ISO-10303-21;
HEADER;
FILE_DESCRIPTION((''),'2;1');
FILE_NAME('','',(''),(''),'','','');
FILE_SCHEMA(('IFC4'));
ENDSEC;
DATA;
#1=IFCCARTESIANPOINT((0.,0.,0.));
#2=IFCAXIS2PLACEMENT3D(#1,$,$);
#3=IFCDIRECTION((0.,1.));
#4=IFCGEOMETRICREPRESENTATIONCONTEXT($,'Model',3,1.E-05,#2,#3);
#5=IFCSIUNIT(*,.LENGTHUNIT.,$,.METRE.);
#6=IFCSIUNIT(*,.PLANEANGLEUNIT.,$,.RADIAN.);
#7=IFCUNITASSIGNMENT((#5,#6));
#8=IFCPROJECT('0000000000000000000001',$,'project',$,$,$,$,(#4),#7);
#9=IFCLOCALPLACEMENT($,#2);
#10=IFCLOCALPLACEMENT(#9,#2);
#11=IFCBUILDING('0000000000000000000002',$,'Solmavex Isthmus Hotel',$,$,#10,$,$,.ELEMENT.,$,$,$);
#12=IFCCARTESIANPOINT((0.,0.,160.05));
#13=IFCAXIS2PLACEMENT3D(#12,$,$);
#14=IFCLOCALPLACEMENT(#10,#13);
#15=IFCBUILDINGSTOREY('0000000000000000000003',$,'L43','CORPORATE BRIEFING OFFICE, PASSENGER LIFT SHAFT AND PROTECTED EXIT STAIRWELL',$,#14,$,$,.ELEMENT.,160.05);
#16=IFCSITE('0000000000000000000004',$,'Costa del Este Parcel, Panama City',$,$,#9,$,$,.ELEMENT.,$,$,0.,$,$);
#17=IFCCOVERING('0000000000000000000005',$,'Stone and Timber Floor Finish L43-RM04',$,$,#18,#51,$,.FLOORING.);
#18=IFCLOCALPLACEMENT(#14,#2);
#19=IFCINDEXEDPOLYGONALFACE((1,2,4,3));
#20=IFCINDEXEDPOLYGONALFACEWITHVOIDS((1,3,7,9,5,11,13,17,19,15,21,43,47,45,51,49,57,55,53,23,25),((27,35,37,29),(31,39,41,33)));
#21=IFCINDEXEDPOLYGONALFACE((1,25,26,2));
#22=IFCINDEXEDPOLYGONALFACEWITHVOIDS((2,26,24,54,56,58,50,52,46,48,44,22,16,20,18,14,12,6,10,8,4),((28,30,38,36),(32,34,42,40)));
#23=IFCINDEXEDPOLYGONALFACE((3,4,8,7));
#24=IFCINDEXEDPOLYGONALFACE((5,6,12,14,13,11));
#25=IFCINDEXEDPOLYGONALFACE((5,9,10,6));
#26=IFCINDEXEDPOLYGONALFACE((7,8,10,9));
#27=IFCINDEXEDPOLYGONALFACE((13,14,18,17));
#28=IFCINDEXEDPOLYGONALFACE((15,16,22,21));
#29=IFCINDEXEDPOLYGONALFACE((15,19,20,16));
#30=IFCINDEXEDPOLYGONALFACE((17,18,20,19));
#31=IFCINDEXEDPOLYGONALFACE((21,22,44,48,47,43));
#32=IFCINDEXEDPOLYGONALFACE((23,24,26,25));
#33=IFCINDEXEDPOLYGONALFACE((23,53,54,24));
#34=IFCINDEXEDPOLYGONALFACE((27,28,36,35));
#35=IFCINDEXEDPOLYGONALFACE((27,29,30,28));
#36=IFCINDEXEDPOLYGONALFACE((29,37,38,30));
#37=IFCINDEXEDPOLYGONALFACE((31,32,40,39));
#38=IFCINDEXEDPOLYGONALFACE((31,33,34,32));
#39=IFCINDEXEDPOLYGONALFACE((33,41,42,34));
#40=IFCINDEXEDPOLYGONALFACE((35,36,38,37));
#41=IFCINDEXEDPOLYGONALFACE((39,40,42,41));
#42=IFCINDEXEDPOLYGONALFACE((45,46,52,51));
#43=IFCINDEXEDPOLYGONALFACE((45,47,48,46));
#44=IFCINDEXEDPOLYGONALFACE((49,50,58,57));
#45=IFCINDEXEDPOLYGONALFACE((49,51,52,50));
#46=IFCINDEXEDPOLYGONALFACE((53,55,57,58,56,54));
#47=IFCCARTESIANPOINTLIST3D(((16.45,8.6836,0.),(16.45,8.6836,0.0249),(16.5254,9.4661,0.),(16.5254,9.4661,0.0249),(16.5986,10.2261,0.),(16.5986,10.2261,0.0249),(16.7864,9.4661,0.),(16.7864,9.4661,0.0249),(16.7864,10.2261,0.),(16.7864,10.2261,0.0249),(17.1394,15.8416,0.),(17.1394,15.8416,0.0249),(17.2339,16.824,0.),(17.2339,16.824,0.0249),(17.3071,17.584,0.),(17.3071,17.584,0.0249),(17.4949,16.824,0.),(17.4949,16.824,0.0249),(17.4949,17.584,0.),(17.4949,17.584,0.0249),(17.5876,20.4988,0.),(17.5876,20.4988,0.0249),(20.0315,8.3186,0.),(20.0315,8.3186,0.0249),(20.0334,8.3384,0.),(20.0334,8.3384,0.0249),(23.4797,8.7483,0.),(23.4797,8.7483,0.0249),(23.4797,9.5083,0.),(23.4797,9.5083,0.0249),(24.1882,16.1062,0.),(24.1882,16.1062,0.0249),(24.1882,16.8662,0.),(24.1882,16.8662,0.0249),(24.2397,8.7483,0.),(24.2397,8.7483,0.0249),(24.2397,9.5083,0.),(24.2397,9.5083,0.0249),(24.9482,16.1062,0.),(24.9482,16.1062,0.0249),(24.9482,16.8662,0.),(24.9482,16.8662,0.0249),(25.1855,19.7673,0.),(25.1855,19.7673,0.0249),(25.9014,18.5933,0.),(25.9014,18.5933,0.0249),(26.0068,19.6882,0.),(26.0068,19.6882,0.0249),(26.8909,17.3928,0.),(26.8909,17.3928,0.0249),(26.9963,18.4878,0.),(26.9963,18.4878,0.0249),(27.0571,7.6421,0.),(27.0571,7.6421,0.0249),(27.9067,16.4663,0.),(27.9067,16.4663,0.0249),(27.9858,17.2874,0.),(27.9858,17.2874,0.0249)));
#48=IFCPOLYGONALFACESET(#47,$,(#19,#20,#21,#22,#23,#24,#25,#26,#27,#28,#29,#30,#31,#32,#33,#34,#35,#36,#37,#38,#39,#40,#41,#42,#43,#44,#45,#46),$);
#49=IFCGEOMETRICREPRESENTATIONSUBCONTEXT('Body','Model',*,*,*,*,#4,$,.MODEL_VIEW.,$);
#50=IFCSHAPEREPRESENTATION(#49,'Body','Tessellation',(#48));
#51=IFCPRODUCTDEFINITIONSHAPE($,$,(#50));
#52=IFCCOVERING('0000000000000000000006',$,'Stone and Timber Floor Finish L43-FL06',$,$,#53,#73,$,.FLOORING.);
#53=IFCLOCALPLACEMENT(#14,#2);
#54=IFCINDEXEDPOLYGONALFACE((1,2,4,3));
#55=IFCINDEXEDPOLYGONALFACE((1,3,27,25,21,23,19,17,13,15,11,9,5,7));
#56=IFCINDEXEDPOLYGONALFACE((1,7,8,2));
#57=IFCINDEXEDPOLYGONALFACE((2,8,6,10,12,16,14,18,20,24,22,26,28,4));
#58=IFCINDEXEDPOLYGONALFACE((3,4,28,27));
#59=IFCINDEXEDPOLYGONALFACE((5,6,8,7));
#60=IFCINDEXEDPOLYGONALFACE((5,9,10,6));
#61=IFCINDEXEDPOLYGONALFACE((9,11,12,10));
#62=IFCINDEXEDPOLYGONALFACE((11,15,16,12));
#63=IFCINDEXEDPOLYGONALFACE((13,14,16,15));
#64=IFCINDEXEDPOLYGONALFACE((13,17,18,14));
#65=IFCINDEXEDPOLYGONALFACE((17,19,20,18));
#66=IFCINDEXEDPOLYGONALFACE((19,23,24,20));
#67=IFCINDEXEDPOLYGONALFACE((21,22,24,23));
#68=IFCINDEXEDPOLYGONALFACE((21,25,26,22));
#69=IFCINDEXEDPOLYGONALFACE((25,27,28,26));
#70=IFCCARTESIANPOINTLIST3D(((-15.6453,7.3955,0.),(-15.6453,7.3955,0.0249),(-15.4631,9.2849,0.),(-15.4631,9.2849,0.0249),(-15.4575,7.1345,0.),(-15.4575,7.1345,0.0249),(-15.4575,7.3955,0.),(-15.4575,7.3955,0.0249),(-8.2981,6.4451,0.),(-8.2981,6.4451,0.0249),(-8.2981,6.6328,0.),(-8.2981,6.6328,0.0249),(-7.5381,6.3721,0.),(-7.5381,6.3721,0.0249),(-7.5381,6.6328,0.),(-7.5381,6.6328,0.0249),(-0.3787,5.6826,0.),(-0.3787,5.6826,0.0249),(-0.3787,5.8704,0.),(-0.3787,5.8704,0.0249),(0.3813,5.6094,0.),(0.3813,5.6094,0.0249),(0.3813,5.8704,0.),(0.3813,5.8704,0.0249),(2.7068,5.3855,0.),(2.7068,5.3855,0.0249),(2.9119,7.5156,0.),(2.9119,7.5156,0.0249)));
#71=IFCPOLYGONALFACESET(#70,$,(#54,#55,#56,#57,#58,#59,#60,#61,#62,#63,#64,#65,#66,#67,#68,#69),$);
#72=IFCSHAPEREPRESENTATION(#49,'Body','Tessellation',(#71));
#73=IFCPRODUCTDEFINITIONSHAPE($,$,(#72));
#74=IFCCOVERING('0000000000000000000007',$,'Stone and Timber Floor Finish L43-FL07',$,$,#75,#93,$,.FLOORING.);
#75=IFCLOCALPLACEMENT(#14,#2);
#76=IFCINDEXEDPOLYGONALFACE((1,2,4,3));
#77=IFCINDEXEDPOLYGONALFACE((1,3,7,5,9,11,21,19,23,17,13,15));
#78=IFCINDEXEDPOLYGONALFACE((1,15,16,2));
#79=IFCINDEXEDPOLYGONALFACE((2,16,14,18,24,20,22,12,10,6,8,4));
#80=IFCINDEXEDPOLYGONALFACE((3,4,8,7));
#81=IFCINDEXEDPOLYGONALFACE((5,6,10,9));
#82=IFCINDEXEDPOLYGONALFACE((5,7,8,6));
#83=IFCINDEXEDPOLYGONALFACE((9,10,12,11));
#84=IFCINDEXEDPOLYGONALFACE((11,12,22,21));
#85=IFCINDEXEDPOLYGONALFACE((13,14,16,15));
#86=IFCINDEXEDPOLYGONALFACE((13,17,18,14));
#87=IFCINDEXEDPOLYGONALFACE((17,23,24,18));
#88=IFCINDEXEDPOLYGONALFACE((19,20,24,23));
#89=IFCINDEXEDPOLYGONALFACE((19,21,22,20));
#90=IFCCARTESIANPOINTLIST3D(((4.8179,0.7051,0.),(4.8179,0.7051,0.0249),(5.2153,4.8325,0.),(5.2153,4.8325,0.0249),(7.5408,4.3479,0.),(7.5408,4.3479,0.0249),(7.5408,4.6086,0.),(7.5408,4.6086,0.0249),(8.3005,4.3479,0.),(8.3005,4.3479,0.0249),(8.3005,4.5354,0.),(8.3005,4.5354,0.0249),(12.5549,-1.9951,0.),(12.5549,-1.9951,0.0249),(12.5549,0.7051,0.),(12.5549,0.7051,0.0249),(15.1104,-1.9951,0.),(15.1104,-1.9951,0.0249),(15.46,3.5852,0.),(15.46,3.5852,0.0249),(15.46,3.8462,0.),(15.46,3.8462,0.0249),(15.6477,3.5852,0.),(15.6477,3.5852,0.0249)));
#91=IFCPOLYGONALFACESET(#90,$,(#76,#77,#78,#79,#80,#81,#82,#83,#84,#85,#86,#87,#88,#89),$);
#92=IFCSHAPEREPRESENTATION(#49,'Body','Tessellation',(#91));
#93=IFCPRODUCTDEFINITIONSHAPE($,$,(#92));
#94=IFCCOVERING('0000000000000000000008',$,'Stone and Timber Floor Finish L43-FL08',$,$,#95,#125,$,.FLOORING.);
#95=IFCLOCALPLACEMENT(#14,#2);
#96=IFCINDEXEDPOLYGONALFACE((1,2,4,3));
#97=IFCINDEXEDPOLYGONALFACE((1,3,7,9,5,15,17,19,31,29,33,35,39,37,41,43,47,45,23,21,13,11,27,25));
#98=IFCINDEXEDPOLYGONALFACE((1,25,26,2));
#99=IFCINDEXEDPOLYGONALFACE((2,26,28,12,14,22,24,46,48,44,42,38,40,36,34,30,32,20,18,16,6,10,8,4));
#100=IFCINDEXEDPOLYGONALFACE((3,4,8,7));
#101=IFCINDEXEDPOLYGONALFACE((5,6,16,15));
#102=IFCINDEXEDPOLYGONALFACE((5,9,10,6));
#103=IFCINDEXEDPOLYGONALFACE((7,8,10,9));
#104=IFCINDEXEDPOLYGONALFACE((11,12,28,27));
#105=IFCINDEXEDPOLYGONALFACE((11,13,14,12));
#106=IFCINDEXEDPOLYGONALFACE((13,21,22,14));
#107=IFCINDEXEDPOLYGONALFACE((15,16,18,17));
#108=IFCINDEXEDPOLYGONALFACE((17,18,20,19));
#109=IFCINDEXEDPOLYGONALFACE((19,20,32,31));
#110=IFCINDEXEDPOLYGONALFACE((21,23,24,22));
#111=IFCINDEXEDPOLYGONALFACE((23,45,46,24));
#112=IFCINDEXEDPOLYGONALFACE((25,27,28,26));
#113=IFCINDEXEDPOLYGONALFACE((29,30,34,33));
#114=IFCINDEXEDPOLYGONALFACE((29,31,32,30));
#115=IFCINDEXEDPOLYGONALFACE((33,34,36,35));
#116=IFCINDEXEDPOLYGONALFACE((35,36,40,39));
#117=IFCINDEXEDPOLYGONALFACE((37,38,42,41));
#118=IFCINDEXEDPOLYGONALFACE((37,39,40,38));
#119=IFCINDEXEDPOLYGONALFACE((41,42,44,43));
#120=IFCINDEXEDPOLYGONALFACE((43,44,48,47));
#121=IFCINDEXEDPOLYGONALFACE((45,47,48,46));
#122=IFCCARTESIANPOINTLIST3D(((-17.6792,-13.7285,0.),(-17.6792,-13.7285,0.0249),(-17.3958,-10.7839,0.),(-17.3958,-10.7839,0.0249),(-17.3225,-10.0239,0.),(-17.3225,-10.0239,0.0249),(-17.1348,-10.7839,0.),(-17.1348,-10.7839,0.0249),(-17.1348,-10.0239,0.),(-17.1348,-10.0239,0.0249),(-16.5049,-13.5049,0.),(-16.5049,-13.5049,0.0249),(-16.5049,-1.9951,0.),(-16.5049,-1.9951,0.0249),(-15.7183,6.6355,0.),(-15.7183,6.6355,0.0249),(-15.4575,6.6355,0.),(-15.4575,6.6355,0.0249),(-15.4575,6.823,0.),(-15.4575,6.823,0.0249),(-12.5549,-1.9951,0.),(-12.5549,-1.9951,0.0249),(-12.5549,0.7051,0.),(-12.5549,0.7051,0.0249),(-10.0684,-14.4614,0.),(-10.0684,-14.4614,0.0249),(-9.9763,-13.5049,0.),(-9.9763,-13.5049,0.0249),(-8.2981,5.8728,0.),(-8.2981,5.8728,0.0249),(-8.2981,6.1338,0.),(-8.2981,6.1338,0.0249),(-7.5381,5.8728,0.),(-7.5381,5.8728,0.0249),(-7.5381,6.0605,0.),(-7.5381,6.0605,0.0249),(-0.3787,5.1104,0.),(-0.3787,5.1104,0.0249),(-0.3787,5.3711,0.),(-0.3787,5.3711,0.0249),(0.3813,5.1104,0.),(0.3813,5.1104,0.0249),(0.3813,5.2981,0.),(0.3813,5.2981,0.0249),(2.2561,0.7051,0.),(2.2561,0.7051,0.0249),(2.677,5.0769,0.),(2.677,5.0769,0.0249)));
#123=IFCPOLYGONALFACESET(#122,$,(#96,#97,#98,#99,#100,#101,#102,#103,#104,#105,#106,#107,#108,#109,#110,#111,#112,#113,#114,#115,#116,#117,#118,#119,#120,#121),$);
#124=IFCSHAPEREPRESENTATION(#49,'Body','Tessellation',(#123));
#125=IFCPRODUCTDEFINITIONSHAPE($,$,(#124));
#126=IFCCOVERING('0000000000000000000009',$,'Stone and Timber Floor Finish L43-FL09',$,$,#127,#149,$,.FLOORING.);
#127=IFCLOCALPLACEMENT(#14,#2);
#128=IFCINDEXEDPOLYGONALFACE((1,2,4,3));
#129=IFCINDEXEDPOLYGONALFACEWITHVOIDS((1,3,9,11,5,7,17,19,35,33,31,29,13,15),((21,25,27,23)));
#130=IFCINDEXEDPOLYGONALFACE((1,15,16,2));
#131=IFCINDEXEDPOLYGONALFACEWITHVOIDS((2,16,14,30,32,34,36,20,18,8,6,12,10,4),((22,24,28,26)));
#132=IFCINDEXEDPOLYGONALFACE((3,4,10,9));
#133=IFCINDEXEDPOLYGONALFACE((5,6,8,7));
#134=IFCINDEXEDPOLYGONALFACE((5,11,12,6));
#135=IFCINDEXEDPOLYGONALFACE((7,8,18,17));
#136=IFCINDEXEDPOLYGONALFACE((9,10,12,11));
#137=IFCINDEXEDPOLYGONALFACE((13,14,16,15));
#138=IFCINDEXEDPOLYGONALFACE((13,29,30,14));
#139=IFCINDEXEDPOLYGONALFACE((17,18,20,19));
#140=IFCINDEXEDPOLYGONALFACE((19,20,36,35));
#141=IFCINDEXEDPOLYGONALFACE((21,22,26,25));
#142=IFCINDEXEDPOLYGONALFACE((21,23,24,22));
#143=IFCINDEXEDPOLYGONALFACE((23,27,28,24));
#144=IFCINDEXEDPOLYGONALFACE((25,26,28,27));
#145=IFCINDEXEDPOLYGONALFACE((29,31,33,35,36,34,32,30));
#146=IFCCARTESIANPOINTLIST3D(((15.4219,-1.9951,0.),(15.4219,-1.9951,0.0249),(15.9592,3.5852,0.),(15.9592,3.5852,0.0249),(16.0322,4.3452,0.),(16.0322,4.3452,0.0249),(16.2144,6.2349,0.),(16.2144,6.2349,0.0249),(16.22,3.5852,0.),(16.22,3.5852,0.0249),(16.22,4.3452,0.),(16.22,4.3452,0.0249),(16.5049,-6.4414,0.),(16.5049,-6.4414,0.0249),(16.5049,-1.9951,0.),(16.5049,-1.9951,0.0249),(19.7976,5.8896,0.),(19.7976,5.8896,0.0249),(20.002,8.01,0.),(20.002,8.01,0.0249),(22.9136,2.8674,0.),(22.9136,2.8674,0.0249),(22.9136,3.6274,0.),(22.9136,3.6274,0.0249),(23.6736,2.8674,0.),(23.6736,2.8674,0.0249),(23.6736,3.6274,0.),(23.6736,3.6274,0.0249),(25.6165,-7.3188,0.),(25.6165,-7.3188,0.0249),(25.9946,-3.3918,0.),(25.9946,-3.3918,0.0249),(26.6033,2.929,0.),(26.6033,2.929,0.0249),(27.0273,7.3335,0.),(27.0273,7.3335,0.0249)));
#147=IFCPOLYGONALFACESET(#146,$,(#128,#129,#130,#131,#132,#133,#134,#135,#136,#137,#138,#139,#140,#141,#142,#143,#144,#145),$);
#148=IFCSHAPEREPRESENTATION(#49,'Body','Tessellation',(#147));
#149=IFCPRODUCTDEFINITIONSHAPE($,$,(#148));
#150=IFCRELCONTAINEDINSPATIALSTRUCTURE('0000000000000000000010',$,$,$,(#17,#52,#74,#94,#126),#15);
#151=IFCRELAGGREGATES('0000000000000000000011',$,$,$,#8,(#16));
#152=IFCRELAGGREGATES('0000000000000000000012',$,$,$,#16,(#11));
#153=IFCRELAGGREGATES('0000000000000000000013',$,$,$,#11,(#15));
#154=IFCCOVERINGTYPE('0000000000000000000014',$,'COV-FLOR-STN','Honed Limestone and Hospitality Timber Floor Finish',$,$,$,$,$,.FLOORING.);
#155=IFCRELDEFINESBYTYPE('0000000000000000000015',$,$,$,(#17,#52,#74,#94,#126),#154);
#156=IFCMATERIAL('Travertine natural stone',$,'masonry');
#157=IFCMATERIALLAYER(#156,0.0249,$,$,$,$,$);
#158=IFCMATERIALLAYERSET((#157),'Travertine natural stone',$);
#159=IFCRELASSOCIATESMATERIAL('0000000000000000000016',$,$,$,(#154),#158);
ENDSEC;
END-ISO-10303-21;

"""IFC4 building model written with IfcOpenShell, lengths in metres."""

from ifc_helpers import new_model, si_unit, direction, frame, origin, place, context, subcontext, project, spatial, polyline, outline, extrude, material, layer, layer_set, type_object, element, save


model = new_model("IFC4")

# Units and contexts
model_context = context("Model", 3, precision=1e-05, world=origin(), true_north=direction((0.0, 1.0)))
body_context = subcontext(model_context, "Body", "Model", "MODEL_VIEW")
ifc_project = project(units=[si_unit("LENGTHUNIT", "METRE"), si_unit("PLANEANGLEUNIT", "RADIAN")], contexts=[model_context])

# Site, building, storey
site_placement = place(None, origin())
site = spatial("IfcSite", under=ifc_project, at=site_placement, Name="Costa del Este Parcel, Panama City", CompositionType="ELEMENT", RefElevation=0.0)
building_placement = place(site_placement, origin())
building = spatial("IfcBuilding", under=site, at=building_placement, Name="Solmavex Isthmus Hotel", CompositionType="ELEMENT")
storey_placement = place(building_placement, frame((0.0, 0.0, 160.05)))
storey = spatial("IfcBuildingStorey", under=building, at=storey_placement, Name="L43", Description="CORPORATE BRIEFING OFFICE, PASSENGER LIFT SHAFT AND PROTECTED EXIT STAIRWELL", CompositionType="ELEMENT", Elevation=160.05)

# Coverings
ifc_material_1 = material(Name="Travertine natural stone", Category="masonry")
ifc_layer_1 = layer(ifc_material_1, 0.0249)
ifc_layer_set_1 = layer_set([ifc_layer_1], Name="Travertine natural stone")
covering_type_1 = type_object("IfcCoveringType", Name="COV-FLOR-STN", Description="Honed Limestone and Hospitality Timber Floor Finish", PredefinedType="FLOORING", material=ifc_layer_set_1)
covering_1_placement = place(storey_placement, origin())
element("IfcCovering", 1, at=covering_1_placement, inside=storey, type_object=covering_type_1, Name="Stone and Timber Floor Finish L43-RM04", PredefinedType="FLOORING", context=body_context, shape_type="SweptSolid", body=[
    extrude(outline(polyline([(17.3071, 17.584), (17.4949, 17.584), (17.4949, 16.824), (17.2339, 16.824), (17.1394, 15.8416), (16.5986, 10.2261), (16.7864, 10.2261), (16.7864, 9.4661), (16.5254, 9.4661), (16.45, 8.6836), (20.0334, 8.3384), (20.0315, 8.3186), (27.0571, 7.6421), (27.9067, 16.4663), (27.9858, 17.2874), (26.8909, 17.3928), (26.9963, 18.4878), (25.9014, 18.5933), (26.0068, 19.6882), (25.1855, 19.7673), (17.5876, 20.4988), (17.3071, 17.584)]), holes=[polyline([(24.1882, 16.1062), (24.1882, 16.8662), (24.9482, 16.8662), (24.9482, 16.1062), (24.1882, 16.1062)]), polyline([(23.4797, 8.7483), (23.4797, 9.5083), (24.2397, 9.5083), (24.2397, 8.7483), (23.4797, 8.7483)])]), origin(), (0.0, 0.0, 1.0), 0.0249),
])
covering_2_placement = place(storey_placement, origin())
element("IfcCovering", 2, at=covering_2_placement, inside=storey, type_object=covering_type_1, Name="Stone and Timber Floor Finish L43-FL06", PredefinedType="FLOORING", context=body_context, shape_type="SweptSolid", body=[
    extrude(outline(polyline([(-0.3787, 5.6826), (-0.3787, 5.8704), (0.3813, 5.8704), (0.3813, 5.6094), (2.7068, 5.3855), (2.9119, 7.5156), (-15.4631, 9.2849), (-15.6453, 7.3955), (-15.4575, 7.3955), (-15.4575, 7.1345), (-8.2981, 6.4451), (-8.2981, 6.6328), (-7.5381, 6.6328), (-7.5381, 6.3721), (-0.3787, 5.6826)])), origin(), (0.0, 0.0, 1.0), 0.0249),
])
covering_3_placement = place(storey_placement, origin())
element("IfcCovering", 3, at=covering_3_placement, inside=storey, type_object=covering_type_1, Name="Stone and Timber Floor Finish L43-FL07", PredefinedType="FLOORING", context=body_context, shape_type="SweptSolid", body=[
    extrude(outline(polyline([(8.3005, 4.5354), (8.3005, 4.3479), (7.5408, 4.3479), (7.5408, 4.6086), (5.2153, 4.8325), (4.8179, 0.7051), (12.5549, 0.7051), (12.5549, -1.9951), (15.1104, -1.9951), (15.6477, 3.5852), (15.46, 3.5852), (15.46, 3.8462), (8.3005, 4.5354)])), origin(), (0.0, 0.0, 1.0), 0.0249),
])
covering_4_placement = place(storey_placement, origin())
element("IfcCovering", 4, at=covering_4_placement, inside=storey, type_object=covering_type_1, Name="Stone and Timber Floor Finish L43-FL08", PredefinedType="FLOORING", context=body_context, shape_type="SweptSolid", body=[
    extrude(outline(polyline([(-17.3225, -10.0239), (-17.1348, -10.0239), (-17.1348, -10.7839), (-17.3958, -10.7839), (-17.6792, -13.7285), (-10.0684, -14.4614), (-9.9763, -13.5049), (-16.5049, -13.5049), (-16.5049, -1.9951), (-12.5549, -1.9951), (-12.5549, 0.7051), (2.2561, 0.7051), (2.677, 5.0769), (0.3813, 5.2981), (0.3813, 5.1104), (-0.3787, 5.1104), (-0.3787, 5.3711), (-7.5381, 6.0605), (-7.5381, 5.8728), (-8.2981, 5.8728), (-8.2981, 6.1338), (-15.4575, 6.823), (-15.4575, 6.6355), (-15.7183, 6.6355), (-17.3225, -10.0239)])), origin(), (0.0, 0.0, 1.0), 0.0249),
])
covering_5_placement = place(storey_placement, origin())
element("IfcCovering", 5, at=covering_5_placement, inside=storey, type_object=covering_type_1, Name="Stone and Timber Floor Finish L43-FL09", PredefinedType="FLOORING", context=body_context, shape_type="SweptSolid", body=[
    extrude(outline(polyline([(16.0322, 4.3452), (16.22, 4.3452), (16.22, 3.5852), (15.9592, 3.5852), (15.4219, -1.9951), (16.5049, -1.9951), (16.5049, -6.4414), (25.6165, -7.3188), (25.9946, -3.3918), (26.6033, 2.929), (27.0273, 7.3335), (20.002, 8.01), (19.7976, 5.8896), (16.2144, 6.2349), (16.0322, 4.3452)]), holes=[polyline([(22.9136, 2.8674), (22.9136, 3.6274), (23.6736, 3.6274), (23.6736, 2.8674), (22.9136, 2.8674)])]), origin(), (0.0, 0.0, 1.0), 0.0249),
])

save(model, "model.ifc")
